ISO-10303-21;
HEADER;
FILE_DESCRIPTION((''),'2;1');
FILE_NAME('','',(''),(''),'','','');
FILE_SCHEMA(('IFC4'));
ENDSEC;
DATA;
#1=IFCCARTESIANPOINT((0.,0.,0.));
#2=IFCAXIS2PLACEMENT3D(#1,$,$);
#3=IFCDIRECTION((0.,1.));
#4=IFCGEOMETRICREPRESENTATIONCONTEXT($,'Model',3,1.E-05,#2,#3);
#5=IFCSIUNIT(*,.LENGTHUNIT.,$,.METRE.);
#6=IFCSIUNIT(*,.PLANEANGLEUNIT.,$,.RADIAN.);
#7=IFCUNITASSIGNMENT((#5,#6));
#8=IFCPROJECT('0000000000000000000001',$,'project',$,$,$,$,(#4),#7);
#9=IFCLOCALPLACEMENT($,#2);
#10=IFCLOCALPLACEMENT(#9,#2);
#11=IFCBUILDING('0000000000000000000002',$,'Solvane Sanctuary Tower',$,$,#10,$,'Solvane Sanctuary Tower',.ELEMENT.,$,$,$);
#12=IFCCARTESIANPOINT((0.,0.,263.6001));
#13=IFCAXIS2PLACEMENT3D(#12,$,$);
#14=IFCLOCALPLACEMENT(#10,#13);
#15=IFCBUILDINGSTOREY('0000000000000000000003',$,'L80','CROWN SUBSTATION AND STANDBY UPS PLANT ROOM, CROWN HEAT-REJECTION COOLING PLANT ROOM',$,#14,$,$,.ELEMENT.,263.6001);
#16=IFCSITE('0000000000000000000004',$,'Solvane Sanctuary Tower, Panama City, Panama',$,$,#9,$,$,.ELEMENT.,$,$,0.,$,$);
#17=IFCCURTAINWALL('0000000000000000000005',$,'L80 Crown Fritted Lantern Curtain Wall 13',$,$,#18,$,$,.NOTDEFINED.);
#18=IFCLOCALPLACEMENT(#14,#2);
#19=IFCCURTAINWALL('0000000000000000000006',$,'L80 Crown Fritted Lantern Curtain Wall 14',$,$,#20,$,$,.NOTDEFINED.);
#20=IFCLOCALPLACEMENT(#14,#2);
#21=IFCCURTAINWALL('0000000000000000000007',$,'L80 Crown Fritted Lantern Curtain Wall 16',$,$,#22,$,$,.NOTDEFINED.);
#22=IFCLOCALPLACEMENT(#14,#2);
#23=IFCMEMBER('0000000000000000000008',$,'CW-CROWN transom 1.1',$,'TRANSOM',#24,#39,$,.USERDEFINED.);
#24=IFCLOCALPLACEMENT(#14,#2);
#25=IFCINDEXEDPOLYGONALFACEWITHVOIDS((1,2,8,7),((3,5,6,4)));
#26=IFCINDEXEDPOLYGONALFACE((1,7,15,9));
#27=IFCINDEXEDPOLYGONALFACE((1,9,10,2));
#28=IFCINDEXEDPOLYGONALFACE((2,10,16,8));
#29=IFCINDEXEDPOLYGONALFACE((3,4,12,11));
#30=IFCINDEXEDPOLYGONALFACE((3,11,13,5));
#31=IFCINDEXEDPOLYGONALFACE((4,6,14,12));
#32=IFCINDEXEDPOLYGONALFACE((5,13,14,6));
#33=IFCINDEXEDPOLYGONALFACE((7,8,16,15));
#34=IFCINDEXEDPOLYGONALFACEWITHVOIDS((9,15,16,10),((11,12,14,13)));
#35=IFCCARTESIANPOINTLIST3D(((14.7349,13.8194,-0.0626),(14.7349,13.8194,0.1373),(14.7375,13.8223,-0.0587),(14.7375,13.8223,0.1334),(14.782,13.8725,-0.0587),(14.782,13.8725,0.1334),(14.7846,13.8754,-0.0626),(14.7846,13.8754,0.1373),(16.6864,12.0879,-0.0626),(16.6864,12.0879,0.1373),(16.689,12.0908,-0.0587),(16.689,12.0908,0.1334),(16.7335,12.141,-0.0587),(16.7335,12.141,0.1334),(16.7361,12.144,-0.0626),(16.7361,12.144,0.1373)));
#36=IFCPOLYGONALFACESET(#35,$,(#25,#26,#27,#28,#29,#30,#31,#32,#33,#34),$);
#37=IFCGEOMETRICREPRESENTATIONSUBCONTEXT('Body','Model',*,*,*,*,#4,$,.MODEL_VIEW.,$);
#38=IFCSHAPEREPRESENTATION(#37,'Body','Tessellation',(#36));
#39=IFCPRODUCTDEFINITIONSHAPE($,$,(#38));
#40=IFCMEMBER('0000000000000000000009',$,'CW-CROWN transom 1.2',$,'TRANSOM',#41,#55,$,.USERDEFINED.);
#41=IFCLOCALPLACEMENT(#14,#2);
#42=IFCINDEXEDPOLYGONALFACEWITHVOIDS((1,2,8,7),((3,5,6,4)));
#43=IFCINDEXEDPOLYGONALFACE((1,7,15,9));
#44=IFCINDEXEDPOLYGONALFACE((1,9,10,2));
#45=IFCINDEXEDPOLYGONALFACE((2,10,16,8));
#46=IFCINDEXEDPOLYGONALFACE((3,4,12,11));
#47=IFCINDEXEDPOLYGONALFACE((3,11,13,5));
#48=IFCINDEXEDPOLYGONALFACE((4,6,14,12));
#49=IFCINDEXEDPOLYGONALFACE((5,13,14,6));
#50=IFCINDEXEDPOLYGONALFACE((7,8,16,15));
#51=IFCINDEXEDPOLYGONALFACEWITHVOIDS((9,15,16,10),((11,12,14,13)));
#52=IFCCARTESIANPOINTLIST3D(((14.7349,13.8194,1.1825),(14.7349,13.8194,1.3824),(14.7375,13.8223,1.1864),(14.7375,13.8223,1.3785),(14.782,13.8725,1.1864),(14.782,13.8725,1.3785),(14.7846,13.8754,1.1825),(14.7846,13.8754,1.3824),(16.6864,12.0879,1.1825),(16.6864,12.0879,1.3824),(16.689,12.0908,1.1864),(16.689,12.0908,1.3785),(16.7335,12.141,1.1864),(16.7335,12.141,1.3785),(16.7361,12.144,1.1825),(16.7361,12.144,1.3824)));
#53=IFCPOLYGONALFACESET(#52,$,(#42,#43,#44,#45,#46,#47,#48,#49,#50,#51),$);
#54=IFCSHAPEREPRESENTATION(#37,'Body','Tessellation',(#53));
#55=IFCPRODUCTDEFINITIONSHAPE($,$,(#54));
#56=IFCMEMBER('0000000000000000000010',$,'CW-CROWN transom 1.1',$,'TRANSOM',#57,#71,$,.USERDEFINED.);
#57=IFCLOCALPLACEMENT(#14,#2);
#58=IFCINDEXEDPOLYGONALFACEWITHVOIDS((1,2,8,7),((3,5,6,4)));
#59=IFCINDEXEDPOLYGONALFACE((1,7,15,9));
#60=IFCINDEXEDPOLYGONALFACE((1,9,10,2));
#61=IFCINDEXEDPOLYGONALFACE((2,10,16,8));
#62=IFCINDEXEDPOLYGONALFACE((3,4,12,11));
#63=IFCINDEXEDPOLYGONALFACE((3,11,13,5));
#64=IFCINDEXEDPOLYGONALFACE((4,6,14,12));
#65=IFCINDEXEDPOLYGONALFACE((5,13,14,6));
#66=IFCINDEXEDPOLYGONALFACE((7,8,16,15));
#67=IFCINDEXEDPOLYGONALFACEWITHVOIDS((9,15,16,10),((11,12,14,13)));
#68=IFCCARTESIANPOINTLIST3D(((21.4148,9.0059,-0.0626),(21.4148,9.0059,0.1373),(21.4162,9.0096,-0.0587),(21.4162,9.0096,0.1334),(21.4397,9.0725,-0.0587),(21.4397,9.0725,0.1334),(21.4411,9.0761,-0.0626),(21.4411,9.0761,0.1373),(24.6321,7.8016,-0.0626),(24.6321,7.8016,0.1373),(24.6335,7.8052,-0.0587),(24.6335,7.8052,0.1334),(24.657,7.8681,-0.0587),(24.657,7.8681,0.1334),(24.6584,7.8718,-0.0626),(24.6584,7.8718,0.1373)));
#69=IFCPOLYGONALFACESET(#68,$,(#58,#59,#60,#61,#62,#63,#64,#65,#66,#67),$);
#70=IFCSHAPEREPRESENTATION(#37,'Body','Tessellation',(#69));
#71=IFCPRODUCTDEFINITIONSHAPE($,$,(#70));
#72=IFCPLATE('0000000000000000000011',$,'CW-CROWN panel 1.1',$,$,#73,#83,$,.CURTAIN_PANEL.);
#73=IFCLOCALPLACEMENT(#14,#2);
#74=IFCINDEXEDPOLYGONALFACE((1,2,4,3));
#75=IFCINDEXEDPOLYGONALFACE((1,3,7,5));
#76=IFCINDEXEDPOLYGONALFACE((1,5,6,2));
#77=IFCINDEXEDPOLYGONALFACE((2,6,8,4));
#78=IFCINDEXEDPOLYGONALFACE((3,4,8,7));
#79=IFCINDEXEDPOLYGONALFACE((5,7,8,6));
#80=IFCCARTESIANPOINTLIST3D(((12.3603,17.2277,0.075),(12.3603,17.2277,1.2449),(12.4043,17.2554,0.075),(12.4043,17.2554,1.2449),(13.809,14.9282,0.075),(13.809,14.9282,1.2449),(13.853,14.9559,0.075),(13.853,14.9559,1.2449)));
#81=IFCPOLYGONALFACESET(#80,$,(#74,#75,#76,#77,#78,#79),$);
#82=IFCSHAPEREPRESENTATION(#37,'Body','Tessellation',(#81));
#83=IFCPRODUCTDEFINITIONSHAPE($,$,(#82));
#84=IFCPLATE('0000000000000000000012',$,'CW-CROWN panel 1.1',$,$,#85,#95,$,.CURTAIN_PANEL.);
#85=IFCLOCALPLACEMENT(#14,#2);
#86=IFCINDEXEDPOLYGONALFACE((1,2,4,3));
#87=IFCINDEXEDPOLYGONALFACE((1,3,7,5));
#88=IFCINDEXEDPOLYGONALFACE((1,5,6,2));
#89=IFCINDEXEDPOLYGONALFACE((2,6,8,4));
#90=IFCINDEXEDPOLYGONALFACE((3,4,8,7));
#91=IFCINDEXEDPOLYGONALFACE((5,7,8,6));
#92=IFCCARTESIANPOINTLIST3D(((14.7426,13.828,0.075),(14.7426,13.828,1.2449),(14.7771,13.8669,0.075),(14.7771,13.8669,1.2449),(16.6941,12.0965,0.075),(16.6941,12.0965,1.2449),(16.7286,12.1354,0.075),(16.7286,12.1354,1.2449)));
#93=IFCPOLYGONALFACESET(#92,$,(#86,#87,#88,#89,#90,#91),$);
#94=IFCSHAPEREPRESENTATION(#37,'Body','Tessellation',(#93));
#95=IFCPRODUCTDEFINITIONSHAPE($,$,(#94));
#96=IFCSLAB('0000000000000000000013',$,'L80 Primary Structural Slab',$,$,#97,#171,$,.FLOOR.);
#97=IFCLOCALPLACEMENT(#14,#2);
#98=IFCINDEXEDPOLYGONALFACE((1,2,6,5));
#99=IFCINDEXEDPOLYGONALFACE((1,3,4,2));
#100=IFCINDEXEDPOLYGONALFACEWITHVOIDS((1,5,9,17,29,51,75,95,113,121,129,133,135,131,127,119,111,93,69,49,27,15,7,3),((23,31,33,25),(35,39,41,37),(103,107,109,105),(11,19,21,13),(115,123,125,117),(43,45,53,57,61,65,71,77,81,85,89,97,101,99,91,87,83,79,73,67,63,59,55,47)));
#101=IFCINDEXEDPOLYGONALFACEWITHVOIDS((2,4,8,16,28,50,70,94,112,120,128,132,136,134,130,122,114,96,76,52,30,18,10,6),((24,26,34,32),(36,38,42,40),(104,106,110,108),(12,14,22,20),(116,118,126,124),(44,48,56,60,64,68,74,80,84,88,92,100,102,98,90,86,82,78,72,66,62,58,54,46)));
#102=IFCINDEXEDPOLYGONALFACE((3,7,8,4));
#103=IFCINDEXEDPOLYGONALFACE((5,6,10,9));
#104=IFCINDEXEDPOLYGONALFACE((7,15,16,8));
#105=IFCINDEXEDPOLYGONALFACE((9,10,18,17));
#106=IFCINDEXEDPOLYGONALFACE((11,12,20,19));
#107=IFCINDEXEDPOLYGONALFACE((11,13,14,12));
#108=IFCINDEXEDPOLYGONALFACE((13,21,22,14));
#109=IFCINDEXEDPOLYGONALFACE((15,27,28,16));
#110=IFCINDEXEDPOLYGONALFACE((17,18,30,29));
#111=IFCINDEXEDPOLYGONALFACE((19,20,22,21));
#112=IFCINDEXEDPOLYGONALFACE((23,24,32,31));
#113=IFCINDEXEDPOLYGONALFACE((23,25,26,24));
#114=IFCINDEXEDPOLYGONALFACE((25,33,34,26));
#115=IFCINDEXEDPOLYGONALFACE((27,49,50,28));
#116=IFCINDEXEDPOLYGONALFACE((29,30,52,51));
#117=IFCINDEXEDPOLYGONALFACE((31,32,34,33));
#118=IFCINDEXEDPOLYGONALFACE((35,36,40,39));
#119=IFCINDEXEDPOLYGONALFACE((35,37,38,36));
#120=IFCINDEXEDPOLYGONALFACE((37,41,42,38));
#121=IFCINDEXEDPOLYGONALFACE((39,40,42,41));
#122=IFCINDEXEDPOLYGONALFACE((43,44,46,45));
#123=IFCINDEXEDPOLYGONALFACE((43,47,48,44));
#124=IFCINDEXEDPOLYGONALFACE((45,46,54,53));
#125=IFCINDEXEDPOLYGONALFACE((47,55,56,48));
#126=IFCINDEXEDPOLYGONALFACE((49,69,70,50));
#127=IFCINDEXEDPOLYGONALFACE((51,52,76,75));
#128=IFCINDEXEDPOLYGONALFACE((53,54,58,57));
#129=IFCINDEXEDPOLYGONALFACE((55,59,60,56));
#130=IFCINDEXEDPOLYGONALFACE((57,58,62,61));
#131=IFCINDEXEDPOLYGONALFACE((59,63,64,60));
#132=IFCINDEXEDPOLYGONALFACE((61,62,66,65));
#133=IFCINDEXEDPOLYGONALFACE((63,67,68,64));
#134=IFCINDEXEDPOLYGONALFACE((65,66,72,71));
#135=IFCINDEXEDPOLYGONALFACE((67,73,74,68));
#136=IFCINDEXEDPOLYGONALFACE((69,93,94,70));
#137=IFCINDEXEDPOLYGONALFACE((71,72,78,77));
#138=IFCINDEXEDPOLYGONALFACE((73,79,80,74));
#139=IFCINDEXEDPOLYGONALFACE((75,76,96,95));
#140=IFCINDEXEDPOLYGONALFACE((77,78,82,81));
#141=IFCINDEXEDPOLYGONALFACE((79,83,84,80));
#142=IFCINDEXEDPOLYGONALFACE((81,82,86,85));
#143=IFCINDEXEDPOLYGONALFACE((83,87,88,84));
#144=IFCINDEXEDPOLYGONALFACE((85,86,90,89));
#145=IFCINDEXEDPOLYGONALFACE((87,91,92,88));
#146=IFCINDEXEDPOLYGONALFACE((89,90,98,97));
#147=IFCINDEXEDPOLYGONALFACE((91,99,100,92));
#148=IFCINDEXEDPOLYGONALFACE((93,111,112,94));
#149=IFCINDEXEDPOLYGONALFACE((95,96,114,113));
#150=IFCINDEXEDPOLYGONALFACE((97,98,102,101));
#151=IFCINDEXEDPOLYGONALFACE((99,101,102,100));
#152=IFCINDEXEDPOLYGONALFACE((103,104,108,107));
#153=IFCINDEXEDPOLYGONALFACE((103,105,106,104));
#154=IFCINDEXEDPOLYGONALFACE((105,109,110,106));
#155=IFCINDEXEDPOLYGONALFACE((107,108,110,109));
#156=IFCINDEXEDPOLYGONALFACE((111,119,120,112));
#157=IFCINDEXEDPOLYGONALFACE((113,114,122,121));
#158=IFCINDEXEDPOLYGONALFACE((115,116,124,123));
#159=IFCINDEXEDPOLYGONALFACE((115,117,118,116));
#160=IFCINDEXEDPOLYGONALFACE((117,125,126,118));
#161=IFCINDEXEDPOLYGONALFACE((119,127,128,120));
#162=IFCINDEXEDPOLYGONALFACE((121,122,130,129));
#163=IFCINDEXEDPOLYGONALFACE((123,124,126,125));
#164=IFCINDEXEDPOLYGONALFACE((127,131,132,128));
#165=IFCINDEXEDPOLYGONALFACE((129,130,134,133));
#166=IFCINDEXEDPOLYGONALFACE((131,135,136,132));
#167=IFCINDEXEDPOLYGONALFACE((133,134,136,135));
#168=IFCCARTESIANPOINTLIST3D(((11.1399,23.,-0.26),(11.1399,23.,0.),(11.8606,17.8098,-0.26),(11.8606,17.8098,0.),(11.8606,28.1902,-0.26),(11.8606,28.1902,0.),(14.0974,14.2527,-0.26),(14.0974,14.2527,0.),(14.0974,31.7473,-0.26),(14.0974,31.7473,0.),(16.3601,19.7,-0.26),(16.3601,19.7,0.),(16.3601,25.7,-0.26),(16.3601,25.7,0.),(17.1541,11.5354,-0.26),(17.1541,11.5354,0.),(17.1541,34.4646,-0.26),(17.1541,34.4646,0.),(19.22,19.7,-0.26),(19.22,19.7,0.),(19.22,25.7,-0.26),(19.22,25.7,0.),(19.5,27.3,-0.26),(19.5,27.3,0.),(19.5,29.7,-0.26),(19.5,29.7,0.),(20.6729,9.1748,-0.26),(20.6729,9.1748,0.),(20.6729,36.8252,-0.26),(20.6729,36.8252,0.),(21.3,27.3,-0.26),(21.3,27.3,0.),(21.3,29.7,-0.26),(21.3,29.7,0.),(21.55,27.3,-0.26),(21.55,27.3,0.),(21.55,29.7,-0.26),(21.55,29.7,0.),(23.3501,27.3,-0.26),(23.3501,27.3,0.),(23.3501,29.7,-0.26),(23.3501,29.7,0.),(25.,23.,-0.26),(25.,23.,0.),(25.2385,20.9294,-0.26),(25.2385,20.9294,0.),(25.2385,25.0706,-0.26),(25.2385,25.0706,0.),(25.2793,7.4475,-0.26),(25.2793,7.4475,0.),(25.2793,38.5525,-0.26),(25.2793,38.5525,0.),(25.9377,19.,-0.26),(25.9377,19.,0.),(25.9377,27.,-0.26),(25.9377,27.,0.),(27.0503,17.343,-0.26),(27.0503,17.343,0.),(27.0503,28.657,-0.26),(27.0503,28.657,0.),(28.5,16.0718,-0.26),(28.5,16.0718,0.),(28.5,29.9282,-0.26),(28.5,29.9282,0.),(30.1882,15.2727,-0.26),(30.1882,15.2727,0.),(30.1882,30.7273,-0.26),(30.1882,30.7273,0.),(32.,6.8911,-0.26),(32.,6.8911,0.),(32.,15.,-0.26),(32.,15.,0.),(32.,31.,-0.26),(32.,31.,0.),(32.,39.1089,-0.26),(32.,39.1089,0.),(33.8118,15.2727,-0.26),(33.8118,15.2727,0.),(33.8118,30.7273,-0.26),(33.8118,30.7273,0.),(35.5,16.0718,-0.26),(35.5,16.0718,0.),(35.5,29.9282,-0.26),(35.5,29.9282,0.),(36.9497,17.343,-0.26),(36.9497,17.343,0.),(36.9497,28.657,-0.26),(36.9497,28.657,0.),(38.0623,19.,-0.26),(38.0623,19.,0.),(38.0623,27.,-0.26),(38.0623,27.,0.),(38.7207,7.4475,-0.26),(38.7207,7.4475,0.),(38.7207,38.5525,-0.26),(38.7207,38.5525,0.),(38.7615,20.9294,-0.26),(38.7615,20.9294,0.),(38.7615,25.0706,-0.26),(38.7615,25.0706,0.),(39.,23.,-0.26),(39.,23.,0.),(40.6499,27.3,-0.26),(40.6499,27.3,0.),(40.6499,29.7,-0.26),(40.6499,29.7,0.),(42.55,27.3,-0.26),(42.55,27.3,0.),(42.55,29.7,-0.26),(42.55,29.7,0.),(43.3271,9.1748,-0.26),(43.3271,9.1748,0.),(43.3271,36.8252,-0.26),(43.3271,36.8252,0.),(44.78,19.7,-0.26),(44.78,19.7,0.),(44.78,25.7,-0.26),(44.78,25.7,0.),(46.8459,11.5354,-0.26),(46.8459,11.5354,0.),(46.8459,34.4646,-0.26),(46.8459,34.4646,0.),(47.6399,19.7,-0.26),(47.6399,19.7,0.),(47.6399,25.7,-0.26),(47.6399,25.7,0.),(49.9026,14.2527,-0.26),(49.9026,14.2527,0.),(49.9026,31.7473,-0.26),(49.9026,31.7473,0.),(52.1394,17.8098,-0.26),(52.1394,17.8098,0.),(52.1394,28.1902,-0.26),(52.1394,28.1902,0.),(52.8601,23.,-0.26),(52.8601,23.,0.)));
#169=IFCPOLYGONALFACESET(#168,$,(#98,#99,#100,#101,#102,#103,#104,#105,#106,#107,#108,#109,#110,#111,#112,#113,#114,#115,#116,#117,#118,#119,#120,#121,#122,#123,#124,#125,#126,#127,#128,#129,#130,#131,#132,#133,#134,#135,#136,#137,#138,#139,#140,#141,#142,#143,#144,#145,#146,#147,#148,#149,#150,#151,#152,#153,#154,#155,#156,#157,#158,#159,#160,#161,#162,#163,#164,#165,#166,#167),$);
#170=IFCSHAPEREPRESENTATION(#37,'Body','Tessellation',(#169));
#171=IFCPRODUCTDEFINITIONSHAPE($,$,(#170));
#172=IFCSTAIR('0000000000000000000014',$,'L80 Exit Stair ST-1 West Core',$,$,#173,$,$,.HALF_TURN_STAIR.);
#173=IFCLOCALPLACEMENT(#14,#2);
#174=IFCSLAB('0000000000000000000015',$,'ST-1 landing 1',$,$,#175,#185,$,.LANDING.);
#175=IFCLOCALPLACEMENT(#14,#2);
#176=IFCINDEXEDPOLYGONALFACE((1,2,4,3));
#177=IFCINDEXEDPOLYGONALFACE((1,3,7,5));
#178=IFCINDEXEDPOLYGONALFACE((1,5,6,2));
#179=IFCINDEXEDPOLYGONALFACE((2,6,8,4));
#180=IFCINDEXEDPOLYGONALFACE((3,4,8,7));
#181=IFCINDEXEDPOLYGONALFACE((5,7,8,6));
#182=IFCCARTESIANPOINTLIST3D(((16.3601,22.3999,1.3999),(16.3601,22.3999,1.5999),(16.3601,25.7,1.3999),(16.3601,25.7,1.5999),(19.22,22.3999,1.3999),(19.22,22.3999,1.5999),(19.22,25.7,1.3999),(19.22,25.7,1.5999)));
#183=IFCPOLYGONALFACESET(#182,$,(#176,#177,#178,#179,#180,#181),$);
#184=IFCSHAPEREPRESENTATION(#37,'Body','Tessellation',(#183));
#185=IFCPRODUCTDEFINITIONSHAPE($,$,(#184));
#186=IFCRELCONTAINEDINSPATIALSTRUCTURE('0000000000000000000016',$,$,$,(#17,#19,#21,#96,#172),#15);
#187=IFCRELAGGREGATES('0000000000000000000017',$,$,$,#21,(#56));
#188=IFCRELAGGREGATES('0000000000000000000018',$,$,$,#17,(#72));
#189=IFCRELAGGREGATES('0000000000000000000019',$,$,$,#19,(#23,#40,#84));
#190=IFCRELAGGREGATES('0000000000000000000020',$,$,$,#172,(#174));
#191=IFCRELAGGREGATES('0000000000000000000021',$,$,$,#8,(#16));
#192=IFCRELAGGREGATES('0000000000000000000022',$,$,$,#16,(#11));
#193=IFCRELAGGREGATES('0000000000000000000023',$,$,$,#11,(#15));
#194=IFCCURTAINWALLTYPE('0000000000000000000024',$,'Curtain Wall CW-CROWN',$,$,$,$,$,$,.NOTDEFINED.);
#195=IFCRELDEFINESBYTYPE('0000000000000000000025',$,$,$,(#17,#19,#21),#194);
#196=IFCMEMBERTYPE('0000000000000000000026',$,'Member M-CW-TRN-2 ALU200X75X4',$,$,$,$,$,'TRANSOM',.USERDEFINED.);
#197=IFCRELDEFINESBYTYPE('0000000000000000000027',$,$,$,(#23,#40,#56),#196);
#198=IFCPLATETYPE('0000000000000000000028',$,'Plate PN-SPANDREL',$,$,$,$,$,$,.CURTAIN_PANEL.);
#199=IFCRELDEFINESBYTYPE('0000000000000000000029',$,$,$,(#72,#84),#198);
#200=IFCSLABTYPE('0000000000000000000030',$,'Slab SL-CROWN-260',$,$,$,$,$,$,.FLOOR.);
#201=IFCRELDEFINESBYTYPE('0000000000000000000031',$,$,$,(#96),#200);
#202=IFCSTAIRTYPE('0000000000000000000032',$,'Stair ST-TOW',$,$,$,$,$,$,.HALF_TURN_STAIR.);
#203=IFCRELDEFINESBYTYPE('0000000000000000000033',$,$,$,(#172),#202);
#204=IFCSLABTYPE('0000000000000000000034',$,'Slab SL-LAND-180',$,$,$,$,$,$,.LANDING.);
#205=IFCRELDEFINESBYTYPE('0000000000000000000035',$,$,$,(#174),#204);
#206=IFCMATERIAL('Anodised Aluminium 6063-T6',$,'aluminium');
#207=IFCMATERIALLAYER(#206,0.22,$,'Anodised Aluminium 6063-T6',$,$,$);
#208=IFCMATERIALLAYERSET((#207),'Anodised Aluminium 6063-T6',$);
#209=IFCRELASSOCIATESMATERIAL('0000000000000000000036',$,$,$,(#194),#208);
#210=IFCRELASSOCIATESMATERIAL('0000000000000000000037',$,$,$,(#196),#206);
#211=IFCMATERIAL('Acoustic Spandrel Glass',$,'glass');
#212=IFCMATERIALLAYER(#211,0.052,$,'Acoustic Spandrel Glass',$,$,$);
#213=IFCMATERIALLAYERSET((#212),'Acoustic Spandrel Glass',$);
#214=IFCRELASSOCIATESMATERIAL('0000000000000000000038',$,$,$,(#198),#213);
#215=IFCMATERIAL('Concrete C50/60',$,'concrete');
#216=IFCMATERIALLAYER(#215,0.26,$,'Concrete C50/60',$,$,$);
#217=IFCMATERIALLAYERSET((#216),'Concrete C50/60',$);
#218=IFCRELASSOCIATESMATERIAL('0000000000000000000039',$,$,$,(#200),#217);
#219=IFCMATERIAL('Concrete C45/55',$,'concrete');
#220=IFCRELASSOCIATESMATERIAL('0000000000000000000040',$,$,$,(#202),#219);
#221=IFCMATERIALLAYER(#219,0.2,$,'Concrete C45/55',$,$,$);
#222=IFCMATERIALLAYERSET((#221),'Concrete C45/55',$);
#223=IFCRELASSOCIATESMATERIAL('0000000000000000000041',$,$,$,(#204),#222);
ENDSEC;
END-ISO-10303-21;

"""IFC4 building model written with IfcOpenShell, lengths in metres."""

from ifc_helpers import new_model, si_unit, direction, frame, origin, origin_2d, place, context, subcontext, project, spatial, polyline, rectangle, hollow_rectangle, outline, extrude, material, layer, layer_set, material_profile, profile_set, type_object, element, aggregate, save


model = new_model("IFC4")

# Units and contexts
model_context = context("Model", 3, precision=1e-05, world=origin(), true_north=direction((0.0, 1.0)))
body_context = subcontext(model_context, "Body", "Model", "MODEL_VIEW")
ifc_project = project(units=[si_unit("LENGTHUNIT", "METRE"), si_unit("PLANEANGLEUNIT", "RADIAN")], contexts=[model_context])

# Site, building, storey
site_placement = place(None, origin())
site = spatial("IfcSite", under=ifc_project, at=site_placement, Name="Solvane Sanctuary Tower, Panama City, Panama", CompositionType="ELEMENT", RefElevation=0.0)
building_placement = place(site_placement, origin())
building = spatial("IfcBuilding", under=site, at=building_placement, Name="Solvane Sanctuary Tower", LongName="Solvane Sanctuary Tower", CompositionType="ELEMENT")
storey_placement = place(building_placement, frame((0.0, 0.0, 263.6001)))
storey = spatial("IfcBuildingStorey", under=building, at=storey_placement, Name="L80", Description="CROWN SUBSTATION AND STANDBY UPS PLANT ROOM, CROWN HEAT-REJECTION COOLING PLANT ROOM", CompositionType="ELEMENT", Elevation=263.6001)

# Curtain wall
ifc_material_1 = material(Name="Anodised Aluminium 6063-T6", Category="aluminium")
ifc_layer_1 = layer(ifc_material_1, 0.22, Name="Anodised Aluminium 6063-T6")
ifc_layer_set_1 = layer_set([ifc_layer_1], Name="Anodised Aluminium 6063-T6")
curtain_wall_type = type_object("IfcCurtainWallType", Name="Curtain Wall CW-CROWN", PredefinedType="NOTDEFINED", material=ifc_layer_set_1)
curtain_wall_1_placement = place(storey_placement, origin())
curtain_wall_1 = element("IfcCurtainWall", 1, at=curtain_wall_1_placement, inside=storey, type_object=curtain_wall_type, Name="L80 Crown Fritted Lantern Curtain Wall 13", PredefinedType="NOTDEFINED")

# Curtain wall
curtain_wall_2_placement = place(storey_placement, origin())
curtain_wall_2 = element("IfcCurtainWall", 2, at=curtain_wall_2_placement, inside=storey, type_object=curtain_wall_type, Name="L80 Crown Fritted Lantern Curtain Wall 14", PredefinedType="NOTDEFINED")

# Curtain wall
curtain_wall_3_placement = place(storey_placement, origin())
curtain_wall_3 = element("IfcCurtainWall", 3, at=curtain_wall_3_placement, inside=storey, type_object=curtain_wall_type, Name="L80 Crown Fritted Lantern Curtain Wall 16", PredefinedType="NOTDEFINED")

# Members
ifc_material_profile_1 = material_profile(ifc_material_1, hollow_rectangle(XDim=0.075, YDim=0.2, WallThickness=0.0039, at=origin_2d()), Name="ALU200X75X4")
ifc_profile_set_1 = profile_set([ifc_material_profile_1], Name="Anodised Aluminium 6063-T6")
member_type_1 = type_object("IfcMemberType", Name="Member M-CW-TRN-2 ALU200X75X4", ElementType="TRANSOM", PredefinedType="USERDEFINED", material=ifc_profile_set_1)
member_1_placement = place(storey_placement, frame((14.7598, 13.8474, 0.0374), z_axis=(0.748008, -0.66369, 0.0), x_axis=(0.66369, 0.748008, 0.0)))
member_1 = element("IfcMember", 4, at=member_1_placement, type_object=member_type_1, Name="CW-CROWN transom 1.1", ObjectType="TRANSOM", PredefinedType="USERDEFINED", context=body_context, shape_type="SweptSolid", body=[
    extrude(hollow_rectangle(XDim=0.075, YDim=0.2, WallThickness=0.0039, at=origin_2d()), origin(), (0.0, 0.0, 1.0), 2.6089),
])
member_2_placement = place(storey_placement, frame((14.7598, 13.8474, 1.2825), z_axis=(0.748008, -0.66369, 0.0), x_axis=(0.66369, 0.748008, 0.0)))
member_2 = element("IfcMember", 5, at=member_2_placement, type_object=member_type_1, Name="CW-CROWN transom 1.2", ObjectType="TRANSOM", PredefinedType="USERDEFINED", context=body_context, shape_type="SweptSolid", body=[
    extrude(hollow_rectangle(XDim=0.075, YDim=0.2, WallThickness=0.0039, at=origin_2d()), origin(), (0.0, 0.0, 1.0), 2.6089),
])
member_3_placement = place(storey_placement, frame((21.428, 9.041, 0.0374), z_axis=(0.936533, -0.350578, 0.0), x_axis=(0.350578, 0.936533, 0.0)))
member_3 = element("IfcMember", 6, at=member_3_placement, type_object=member_type_1, Name="CW-CROWN transom 1.1", ObjectType="TRANSOM", PredefinedType="USERDEFINED", context=body_context, shape_type="SweptSolid", body=[
    extrude(hollow_rectangle(XDim=0.075, YDim=0.2, WallThickness=0.0039, at=origin_2d()), origin(), (0.0, 0.0, 1.0), 3.4353),
])
aggregate(curtain_wall_3, [member_3])

# Plates
ifc_material_2 = material(Name="Acoustic Spandrel Glass", Category="glass")
ifc_layer_2 = layer(ifc_material_2, 0.052, Name="Acoustic Spandrel Glass")
ifc_layer_set_2 = layer_set([ifc_layer_2], Name="Acoustic Spandrel Glass")
plate_type = type_object("IfcPlateType", Name="Plate PN-SPANDREL", PredefinedType="CURTAIN_PANEL", material=ifc_layer_set_2)
plate_1_placement = place(storey_placement, frame((13.1067, 16.0918, 0.075), z_axis=(0.0, 0.0, 1.0), x_axis=(0.533045, -0.846087, 0.0)))
plate_1 = element("IfcPlate", 7, at=plate_1_placement, type_object=plate_type, Name="CW-CROWN panel 1.1", PredefinedType="CURTAIN_PANEL", context=body_context, shape_type="SweptSolid", body=[
    extrude(rectangle(XDim=2.7178, YDim=0.052, at=origin_2d()), origin(), (0.0, 0.0, 1.0), 1.1699),
])
aggregate(curtain_wall_1, [plate_1])
plate_2_placement = place(storey_placement, frame((15.7356, 12.9817, 0.075), z_axis=(0.0, 0.0, 1.0), x_axis=(0.748021, -0.663675, 0.0)))
plate_2 = element("IfcPlate", 8, at=plate_2_placement, type_object=plate_type, Name="CW-CROWN panel 1.1", PredefinedType="CURTAIN_PANEL", context=body_context, shape_type="SweptSolid", body=[
    extrude(rectangle(XDim=2.6089, YDim=0.052, at=origin_2d()), origin(), (0.0, 0.0, 1.0), 1.1699),
])
aggregate(curtain_wall_2, [member_1, member_2, plate_2])

# Slab
ifc_material_3 = material(Name="Concrete C50/60", Category="concrete")
ifc_layer_3 = layer(ifc_material_3, 0.26, Name="Concrete C50/60")
ifc_layer_set_3 = layer_set([ifc_layer_3], Name="Concrete C50/60")
slab_type_1 = type_object("IfcSlabType", Name="Slab SL-CROWN-260", PredefinedType="FLOOR", material=ifc_layer_set_3)
slab_1_placement = place(storey_placement, frame((0.0, 0.0, -0.26)))
element("IfcSlab", 9, at=slab_1_placement, inside=storey, type_object=slab_type_1, Name="L80 Primary Structural Slab", PredefinedType="FLOOR", context=body_context, shape_type="SweptSolid", body=[
    extrude(outline(polyline([(52.8601, 23.0), (52.1394, 28.1902), (49.9026, 31.7473), (46.8459, 34.4646), (43.3271, 36.8252), (38.7207, 38.5525), (32.0, 39.1089), (25.2793, 38.5525), (20.6729, 36.8252), (17.1541, 34.4646), (14.0974, 31.7473), (11.8606, 28.1902), (11.1399, 23.0), (11.8606, 17.8098), (14.0974, 14.2527), (17.1541, 11.5354), (20.6729, 9.1748), (25.2793, 7.4475), (32.0, 6.8911), (38.7207, 7.4475), (43.3271, 9.1748), (46.8459, 11.5354), (49.9026, 14.2527), (52.1394, 17.8098), (52.8601, 23.0)]), holes=[polyline([(38.7615, 20.9294), (38.0623, 19.0), (36.9497, 17.343), (35.5, 16.0718), (33.8118, 15.2727), (32.0, 15.0), (30.1882, 15.2727), (28.5, 16.0718), (27.0503, 17.343), (25.9377, 19.0), (25.2385, 20.9294), (25.0, 23.0), (25.2385, 25.0706), (25.9377, 27.0), (27.0503, 28.657), (28.5, 29.9282), (30.1882, 30.7273), (32.0, 31.0), (33.8118, 30.7273), (35.5, 29.9282), (36.9497, 28.657), (38.0623, 27.0), (38.7615, 25.0706), (39.0, 23.0), (38.7615, 20.9294)]), polyline([(16.3601, 19.7), (16.3601, 25.7), (19.22, 25.7), (19.22, 19.7), (16.3601, 19.7)]), polyline([(44.78, 19.7), (44.78, 25.7), (47.6399, 25.7), (47.6399, 19.7), (44.78, 19.7)]), polyline([(19.5, 29.7), (21.3, 29.7), (21.3, 27.3), (19.5, 27.3), (19.5, 29.7)]), polyline([(21.55, 29.7), (23.3501, 29.7), (23.3501, 27.3), (21.55, 27.3), (21.55, 29.7)]), polyline([(40.6499, 29.7), (42.55, 29.7), (42.55, 27.3), (40.6499, 27.3), (40.6499, 29.7)])]), origin(), (0.0, 0.0, 1.0), 0.26),
])

# Stair, slab
ifc_material_4 = material(Name="Concrete C45/55", Category="concrete")
stair_type = type_object("IfcStairType", Name="Stair ST-TOW", PredefinedType="HALF_TURN_STAIR", material=ifc_material_4)
stair_1_placement = place(storey_placement, origin())
stair_1 = element("IfcStair", 10, at=stair_1_placement, inside=storey, type_object=stair_type, Name="L80 Exit Stair ST-1 West Core", PredefinedType="HALF_TURN_STAIR")
ifc_layer_4 = layer(ifc_material_4, 0.2, Name="Concrete C45/55")
ifc_layer_set_4 = layer_set([ifc_layer_4], Name="Concrete C45/55")
slab_type_2 = type_object("IfcSlabType", Name="Slab SL-LAND-180", PredefinedType="LANDING", material=ifc_layer_set_4)
slab_2_placement = place(storey_placement, frame((0.0, 0.0, 1.3999)))
slab_2 = element("IfcSlab", 11, at=slab_2_placement, type_object=slab_type_2, Name="ST-1 landing 1", PredefinedType="LANDING", context=body_context, shape_type="SweptSolid", body=[
    extrude(outline(polyline([(19.22, 22.3999), (19.22, 25.7), (16.3601, 25.7), (16.3601, 22.3999), (19.22, 22.3999)])), origin(), (0.0, 0.0, 1.0), 0.2),
])
aggregate(stair_1, [slab_2])

save(model, "model.ifc")
